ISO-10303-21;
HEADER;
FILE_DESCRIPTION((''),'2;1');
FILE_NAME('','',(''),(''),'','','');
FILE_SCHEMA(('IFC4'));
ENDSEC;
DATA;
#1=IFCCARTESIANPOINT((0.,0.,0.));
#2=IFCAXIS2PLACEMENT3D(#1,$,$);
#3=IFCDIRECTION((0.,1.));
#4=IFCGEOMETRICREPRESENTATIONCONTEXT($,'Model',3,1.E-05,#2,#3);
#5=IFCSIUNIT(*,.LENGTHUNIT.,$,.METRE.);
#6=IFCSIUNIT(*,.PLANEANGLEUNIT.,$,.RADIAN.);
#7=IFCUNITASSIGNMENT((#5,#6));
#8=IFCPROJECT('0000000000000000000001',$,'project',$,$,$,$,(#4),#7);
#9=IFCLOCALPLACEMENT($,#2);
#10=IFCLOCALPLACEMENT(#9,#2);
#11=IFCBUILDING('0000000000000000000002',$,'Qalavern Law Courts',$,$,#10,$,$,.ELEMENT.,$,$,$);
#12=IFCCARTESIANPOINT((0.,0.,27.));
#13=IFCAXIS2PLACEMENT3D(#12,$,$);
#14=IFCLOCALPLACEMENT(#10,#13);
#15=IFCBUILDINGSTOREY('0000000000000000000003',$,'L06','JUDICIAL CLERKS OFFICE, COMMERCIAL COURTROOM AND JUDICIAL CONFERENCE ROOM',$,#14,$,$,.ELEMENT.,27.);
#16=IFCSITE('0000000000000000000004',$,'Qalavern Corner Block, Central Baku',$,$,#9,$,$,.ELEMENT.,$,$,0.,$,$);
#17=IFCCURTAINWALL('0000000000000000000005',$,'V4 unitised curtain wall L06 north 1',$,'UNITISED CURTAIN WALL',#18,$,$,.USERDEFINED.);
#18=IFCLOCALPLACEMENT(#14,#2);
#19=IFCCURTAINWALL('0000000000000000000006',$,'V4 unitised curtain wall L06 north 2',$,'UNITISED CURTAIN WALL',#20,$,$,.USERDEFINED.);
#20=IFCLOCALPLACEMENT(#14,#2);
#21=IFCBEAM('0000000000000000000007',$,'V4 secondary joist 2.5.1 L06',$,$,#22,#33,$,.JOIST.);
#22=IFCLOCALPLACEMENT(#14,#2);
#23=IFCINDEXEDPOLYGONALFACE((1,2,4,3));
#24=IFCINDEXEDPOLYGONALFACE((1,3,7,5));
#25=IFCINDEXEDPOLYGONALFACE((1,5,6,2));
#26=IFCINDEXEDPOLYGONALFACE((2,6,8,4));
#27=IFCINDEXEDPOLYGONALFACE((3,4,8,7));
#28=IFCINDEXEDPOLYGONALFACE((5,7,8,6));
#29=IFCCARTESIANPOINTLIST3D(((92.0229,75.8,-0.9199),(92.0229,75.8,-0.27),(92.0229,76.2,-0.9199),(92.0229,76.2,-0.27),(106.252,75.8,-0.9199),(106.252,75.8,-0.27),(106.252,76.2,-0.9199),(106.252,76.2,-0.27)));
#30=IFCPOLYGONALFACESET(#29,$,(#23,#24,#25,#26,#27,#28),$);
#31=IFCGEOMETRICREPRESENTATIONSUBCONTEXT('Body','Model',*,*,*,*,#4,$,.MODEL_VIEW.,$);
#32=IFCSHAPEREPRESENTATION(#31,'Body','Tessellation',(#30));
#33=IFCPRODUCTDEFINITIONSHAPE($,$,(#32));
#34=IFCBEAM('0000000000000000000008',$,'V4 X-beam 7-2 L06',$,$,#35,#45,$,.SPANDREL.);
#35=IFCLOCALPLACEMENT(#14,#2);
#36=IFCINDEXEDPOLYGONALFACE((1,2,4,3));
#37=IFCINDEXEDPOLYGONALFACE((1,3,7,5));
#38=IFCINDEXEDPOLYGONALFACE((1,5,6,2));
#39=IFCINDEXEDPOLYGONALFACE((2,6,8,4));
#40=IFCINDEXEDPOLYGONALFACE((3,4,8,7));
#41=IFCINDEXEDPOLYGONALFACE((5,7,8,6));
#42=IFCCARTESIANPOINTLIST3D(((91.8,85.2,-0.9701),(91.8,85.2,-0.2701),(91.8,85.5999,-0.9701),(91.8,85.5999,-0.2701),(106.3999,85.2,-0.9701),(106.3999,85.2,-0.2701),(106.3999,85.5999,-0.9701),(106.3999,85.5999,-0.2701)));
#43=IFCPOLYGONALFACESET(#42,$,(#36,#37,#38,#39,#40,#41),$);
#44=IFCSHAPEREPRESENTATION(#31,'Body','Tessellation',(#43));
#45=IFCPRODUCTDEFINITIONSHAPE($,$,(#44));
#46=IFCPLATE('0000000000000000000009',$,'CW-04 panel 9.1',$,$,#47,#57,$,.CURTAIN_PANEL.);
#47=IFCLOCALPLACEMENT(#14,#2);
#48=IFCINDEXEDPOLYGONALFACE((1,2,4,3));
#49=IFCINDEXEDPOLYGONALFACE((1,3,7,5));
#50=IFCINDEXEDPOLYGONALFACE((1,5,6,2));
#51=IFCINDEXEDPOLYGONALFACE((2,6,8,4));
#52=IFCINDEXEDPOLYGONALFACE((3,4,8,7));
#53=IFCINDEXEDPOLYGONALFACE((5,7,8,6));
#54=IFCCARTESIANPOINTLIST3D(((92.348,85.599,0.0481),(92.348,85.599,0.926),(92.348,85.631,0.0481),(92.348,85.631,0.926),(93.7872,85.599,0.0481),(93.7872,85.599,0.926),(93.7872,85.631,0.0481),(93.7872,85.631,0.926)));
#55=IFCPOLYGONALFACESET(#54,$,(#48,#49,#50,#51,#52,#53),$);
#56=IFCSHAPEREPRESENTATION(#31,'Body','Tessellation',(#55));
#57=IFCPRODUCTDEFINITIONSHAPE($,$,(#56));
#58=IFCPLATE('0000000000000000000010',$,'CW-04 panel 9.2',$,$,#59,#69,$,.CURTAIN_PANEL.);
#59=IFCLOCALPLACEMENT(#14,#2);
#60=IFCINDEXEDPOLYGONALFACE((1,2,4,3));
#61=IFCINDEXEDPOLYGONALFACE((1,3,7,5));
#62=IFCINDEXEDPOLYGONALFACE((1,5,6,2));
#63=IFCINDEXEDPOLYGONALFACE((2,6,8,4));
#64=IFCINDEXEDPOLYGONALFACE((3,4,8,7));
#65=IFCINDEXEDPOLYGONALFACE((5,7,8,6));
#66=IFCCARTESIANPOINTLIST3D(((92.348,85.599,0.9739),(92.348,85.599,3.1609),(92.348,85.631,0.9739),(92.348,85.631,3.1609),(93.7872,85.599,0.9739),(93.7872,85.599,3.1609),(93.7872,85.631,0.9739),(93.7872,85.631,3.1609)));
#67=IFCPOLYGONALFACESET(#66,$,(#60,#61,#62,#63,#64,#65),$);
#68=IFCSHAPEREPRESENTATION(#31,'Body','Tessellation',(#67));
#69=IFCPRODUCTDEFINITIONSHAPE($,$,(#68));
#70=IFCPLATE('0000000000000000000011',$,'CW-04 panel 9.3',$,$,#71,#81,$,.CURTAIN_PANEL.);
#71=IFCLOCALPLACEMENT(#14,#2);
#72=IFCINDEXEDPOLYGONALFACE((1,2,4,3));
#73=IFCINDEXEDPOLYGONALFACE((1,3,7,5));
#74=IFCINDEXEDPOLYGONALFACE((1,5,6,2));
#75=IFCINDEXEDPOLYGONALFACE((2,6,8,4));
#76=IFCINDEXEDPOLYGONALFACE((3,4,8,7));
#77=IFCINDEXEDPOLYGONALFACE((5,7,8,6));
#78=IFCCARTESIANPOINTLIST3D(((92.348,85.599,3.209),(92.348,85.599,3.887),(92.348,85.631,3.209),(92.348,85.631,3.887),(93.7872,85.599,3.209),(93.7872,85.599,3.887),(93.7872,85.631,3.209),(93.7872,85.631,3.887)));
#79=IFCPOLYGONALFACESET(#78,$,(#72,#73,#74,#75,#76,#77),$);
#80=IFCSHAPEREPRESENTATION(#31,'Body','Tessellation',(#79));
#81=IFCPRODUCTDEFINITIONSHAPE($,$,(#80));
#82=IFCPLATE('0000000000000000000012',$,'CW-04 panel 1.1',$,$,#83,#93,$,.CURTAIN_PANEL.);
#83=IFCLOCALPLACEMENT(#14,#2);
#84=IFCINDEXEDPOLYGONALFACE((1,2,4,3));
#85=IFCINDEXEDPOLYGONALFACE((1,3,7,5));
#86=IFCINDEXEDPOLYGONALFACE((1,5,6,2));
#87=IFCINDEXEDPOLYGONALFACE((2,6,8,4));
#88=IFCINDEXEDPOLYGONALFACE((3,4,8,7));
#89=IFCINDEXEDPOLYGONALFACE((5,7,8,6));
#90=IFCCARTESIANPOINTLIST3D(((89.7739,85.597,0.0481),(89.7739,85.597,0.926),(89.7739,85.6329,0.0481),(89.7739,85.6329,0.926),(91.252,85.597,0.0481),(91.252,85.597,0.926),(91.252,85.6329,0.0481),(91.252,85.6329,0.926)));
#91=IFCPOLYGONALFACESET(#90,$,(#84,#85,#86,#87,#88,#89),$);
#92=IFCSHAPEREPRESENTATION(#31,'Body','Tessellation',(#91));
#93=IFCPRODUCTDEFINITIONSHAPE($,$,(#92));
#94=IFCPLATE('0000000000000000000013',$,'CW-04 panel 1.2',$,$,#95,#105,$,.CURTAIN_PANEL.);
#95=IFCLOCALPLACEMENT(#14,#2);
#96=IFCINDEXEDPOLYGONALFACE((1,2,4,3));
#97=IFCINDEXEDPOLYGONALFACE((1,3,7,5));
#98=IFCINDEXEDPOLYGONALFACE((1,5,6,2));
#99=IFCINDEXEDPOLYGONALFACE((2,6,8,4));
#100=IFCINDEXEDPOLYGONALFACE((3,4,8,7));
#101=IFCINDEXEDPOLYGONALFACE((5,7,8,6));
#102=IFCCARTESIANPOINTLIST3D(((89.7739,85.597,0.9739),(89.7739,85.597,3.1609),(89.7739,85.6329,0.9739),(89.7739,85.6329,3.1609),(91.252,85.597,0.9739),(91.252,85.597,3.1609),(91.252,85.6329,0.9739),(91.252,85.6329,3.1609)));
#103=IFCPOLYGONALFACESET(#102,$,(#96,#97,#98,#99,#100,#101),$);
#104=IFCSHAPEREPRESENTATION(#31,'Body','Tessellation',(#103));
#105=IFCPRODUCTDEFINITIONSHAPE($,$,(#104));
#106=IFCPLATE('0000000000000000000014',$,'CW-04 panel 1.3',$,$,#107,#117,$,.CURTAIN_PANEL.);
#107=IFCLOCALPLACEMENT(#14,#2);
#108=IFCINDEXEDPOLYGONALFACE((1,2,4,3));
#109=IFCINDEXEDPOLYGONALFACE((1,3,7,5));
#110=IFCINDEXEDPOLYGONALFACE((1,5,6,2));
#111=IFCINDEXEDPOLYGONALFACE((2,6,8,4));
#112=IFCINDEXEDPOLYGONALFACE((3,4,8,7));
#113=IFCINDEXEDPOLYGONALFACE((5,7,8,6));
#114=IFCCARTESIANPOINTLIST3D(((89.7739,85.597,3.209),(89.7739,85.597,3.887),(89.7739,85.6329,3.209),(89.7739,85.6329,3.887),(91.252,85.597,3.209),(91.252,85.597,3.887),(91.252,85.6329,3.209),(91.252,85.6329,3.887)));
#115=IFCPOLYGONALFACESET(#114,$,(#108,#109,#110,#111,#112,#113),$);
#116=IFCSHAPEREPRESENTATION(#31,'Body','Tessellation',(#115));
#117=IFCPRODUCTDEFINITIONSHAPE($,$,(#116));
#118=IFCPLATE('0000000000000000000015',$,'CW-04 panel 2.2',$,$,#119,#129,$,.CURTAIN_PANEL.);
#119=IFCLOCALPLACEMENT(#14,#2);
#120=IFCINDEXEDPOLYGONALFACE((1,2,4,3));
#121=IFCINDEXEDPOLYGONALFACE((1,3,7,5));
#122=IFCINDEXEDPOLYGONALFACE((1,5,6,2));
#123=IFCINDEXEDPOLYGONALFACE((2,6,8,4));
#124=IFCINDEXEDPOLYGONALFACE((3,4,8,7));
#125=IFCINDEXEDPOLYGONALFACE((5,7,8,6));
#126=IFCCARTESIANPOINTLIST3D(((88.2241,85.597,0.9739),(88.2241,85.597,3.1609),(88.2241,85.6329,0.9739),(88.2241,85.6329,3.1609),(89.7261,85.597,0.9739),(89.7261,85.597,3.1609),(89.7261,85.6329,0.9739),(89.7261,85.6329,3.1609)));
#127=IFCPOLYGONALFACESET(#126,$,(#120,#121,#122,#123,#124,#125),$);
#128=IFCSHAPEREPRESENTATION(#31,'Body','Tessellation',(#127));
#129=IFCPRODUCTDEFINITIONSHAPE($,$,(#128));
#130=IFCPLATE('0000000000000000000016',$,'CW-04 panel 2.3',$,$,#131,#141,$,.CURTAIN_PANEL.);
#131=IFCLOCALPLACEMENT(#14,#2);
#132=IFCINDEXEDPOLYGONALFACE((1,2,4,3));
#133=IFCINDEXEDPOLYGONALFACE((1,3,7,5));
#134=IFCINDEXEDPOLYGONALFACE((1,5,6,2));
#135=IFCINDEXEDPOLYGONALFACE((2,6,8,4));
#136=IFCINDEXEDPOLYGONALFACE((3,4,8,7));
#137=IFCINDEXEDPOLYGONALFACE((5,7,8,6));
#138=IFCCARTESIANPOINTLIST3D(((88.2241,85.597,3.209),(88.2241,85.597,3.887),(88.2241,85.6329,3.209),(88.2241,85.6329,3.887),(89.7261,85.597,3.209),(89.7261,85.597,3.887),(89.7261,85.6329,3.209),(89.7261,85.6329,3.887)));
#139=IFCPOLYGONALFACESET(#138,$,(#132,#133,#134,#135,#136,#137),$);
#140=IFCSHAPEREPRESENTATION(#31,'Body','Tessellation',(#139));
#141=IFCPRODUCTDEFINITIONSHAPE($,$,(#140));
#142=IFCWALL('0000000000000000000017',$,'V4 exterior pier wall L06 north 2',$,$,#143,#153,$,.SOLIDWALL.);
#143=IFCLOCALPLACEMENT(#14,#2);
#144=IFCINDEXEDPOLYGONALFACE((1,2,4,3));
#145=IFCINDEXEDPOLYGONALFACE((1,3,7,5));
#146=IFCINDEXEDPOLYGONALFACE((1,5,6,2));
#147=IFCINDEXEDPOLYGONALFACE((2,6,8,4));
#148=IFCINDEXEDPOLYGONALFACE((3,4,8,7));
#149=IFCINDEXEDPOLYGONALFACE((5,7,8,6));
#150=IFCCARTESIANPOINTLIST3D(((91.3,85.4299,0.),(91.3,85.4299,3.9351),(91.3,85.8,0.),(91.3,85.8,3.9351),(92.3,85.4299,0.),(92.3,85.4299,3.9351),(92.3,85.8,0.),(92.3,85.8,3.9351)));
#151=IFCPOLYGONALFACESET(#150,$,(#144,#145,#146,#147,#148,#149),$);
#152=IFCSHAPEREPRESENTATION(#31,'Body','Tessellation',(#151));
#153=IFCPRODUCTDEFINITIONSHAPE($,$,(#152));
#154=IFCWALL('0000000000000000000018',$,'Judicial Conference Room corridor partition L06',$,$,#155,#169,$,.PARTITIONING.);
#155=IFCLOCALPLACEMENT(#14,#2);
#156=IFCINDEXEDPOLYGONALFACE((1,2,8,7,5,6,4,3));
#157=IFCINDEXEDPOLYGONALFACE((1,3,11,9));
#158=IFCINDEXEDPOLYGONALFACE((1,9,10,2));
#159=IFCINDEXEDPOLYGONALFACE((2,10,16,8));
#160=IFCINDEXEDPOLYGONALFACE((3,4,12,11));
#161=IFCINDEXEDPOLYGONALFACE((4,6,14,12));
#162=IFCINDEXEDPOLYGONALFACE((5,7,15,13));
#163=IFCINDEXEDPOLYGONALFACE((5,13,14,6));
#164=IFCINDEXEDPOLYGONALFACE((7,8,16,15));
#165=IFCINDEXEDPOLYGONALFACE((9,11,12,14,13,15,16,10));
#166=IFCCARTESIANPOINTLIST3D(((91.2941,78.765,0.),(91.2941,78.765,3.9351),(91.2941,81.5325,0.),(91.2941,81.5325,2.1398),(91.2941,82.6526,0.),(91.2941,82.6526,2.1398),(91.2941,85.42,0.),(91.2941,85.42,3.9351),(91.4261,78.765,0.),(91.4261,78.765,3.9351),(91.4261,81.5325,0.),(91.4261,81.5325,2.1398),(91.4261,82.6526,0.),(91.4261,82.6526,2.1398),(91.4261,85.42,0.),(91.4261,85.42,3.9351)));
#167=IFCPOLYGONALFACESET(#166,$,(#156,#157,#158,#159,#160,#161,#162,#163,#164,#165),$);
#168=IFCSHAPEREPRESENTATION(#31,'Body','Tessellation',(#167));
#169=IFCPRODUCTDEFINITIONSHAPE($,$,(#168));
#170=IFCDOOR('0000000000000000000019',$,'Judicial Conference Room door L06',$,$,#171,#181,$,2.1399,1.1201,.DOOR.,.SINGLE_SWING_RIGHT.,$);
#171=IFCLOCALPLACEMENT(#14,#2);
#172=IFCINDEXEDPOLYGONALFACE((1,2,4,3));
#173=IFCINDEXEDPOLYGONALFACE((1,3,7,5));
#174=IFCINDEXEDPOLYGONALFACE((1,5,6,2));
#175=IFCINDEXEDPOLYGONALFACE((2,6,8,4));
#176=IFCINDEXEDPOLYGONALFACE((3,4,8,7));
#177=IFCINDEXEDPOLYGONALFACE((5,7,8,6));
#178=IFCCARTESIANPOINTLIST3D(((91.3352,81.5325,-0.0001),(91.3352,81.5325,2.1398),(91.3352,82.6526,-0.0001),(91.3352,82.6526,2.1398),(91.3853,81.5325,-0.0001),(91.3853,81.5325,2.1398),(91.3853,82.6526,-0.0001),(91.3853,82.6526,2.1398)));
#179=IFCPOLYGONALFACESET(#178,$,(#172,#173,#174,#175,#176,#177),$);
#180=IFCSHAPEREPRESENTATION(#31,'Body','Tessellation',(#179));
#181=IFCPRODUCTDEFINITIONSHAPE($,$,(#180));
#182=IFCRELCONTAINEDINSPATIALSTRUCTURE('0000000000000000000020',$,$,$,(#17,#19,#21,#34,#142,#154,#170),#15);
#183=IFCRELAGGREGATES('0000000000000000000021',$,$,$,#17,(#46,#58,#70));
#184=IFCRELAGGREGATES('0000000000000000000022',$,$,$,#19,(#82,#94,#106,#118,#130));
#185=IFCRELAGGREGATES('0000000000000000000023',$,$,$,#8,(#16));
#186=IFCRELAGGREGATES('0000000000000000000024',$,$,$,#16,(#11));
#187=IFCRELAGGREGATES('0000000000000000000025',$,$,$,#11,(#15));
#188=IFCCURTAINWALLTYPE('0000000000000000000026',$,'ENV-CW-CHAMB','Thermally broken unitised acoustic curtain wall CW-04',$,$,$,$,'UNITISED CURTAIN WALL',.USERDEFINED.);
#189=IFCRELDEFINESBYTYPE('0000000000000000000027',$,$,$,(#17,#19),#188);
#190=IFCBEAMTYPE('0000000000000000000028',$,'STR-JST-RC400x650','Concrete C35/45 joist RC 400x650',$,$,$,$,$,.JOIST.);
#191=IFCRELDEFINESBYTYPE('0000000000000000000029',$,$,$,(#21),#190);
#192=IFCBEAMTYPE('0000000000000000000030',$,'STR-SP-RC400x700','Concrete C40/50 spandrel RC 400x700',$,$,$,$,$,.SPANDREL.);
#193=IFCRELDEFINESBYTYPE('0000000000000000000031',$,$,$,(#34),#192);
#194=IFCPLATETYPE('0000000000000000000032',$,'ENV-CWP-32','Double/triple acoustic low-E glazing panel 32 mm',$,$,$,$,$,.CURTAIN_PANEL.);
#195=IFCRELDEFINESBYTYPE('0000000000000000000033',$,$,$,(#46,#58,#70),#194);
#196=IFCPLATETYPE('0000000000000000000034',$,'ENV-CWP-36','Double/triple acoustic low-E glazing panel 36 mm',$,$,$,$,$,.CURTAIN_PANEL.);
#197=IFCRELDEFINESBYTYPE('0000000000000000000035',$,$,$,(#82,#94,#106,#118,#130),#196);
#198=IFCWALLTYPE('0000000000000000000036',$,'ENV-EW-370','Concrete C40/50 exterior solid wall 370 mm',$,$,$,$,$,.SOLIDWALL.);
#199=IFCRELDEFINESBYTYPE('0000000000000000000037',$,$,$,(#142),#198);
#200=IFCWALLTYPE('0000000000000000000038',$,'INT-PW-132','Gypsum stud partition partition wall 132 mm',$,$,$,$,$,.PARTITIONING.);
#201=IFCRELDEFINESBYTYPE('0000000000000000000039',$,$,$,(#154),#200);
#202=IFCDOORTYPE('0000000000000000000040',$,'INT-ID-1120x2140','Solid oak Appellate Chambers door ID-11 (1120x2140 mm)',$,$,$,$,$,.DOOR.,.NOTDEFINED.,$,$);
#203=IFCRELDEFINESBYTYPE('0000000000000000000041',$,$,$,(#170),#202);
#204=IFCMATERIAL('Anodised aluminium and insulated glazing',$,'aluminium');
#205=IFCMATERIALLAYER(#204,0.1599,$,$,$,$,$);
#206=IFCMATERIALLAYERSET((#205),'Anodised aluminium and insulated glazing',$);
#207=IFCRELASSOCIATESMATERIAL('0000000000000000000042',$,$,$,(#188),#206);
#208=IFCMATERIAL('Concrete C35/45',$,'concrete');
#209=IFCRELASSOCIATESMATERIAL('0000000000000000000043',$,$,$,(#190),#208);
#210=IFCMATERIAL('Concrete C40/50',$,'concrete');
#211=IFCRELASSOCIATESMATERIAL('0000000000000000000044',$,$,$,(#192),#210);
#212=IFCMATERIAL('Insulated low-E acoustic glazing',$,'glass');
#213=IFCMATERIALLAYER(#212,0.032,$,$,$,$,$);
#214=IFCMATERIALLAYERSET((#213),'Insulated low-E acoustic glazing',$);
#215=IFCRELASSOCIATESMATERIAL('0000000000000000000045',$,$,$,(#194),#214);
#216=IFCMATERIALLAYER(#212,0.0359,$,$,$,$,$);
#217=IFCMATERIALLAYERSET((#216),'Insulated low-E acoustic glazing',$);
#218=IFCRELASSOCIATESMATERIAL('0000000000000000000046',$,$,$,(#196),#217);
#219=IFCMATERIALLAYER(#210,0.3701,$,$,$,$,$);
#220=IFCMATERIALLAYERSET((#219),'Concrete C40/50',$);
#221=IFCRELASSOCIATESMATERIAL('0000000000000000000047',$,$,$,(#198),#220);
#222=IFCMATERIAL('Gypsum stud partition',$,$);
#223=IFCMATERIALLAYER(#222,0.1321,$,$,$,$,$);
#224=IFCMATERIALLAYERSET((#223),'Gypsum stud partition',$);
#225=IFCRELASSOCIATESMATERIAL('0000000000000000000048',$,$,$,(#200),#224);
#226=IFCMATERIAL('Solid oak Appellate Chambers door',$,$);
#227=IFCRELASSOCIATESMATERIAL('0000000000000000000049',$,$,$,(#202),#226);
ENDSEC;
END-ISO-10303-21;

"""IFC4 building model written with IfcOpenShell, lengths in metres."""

from ifc_helpers import new_model, si_unit, direction, frame, frame_2d, origin, origin_2d, place, context, subcontext, project, spatial, rectangle, extrude, material, layer, layer_set, material_profile, profile_set, type_object, element, fill, aggregate, save


model = new_model("IFC4")

# Units and contexts
model_context = context("Model", 3, precision=1e-05, world=origin(), true_north=direction((0.0, 1.0)))
body_context = subcontext(model_context, "Body", "Model", "MODEL_VIEW")
ifc_project = project(units=[si_unit("LENGTHUNIT", "METRE"), si_unit("PLANEANGLEUNIT", "RADIAN")], contexts=[model_context])

# Site, building, storey
site_placement = place(None, origin())
site = spatial("IfcSite", under=ifc_project, at=site_placement, Name="Qalavern Corner Block, Central Baku", CompositionType="ELEMENT", RefElevation=0.0)
building_placement = place(site_placement, origin())
building = spatial("IfcBuilding", under=site, at=building_placement, Name="Qalavern Law Courts", CompositionType="ELEMENT")
storey_placement = place(building_placement, frame((0.0, 0.0, 27.0)))
storey = spatial("IfcBuildingStorey", under=building, at=storey_placement, Name="L06", Description="JUDICIAL CLERKS OFFICE, COMMERCIAL COURTROOM AND JUDICIAL CONFERENCE ROOM", CompositionType="ELEMENT", Elevation=27.0)

# Curtain wall
ifc_material_1 = material(Name="Anodised aluminium and insulated glazing", Category="aluminium")
ifc_layer_1 = layer(ifc_material_1, 0.1599)
ifc_layer_set_1 = layer_set([ifc_layer_1], Name="Anodised aluminium and insulated glazing")
curtain_wall_type = type_object("IfcCurtainWallType", Name="ENV-CW-CHAMB", Description="Thermally broken unitised acoustic curtain wall CW-04", ElementType="UNITISED CURTAIN WALL", PredefinedType="USERDEFINED", material=ifc_layer_set_1)
curtain_wall_1_placement = place(storey_placement, origin())
curtain_wall_1 = element("IfcCurtainWall", 1, at=curtain_wall_1_placement, inside=storey, type_object=curtain_wall_type, Name="V4 unitised curtain wall L06 north 1", ObjectType="UNITISED CURTAIN WALL", PredefinedType="USERDEFINED")

# Curtain wall
curtain_wall_2_placement = place(storey_placement, origin())
curtain_wall_2 = element("IfcCurtainWall", 2, at=curtain_wall_2_placement, inside=storey, type_object=curtain_wall_type, Name="V4 unitised curtain wall L06 north 2", ObjectType="UNITISED CURTAIN WALL", PredefinedType="USERDEFINED")

# Beams
ifc_material_2 = material(Name="Concrete C35/45", Category="concrete")
ifc_material_3 = material(Name="Concrete C40/50", Category="concrete")
ifc_material_profile_1 = material_profile(ifc_material_2, rectangle(XDim=0.3999, YDim=0.6499, at=origin_2d()), Name="RC 400x650")
ifc_profile_set_1 = profile_set([ifc_material_profile_1], Name="Concrete C35/45")
beam_type_1 = type_object("IfcBeamType", Name="STR-JST-RC400x650", Description="Concrete C35/45 joist RC 400x650", PredefinedType="JOIST", material=ifc_profile_set_1)
beam_1_placement = place(storey_placement, frame((92.0229, 76.0, -0.595), z_axis=(1.0, 0.0, 0.0), x_axis=(0.0, 1.0, 0.0)))
element("IfcBeam", 3, at=beam_1_placement, inside=storey, type_object=beam_type_1, Name="V4 secondary joist 2.5.1 L06", PredefinedType="JOIST", context=body_context, shape_type="SweptSolid", body=[
    extrude(rectangle(XDim=0.3999, YDim=0.6499, at=origin_2d()), origin(), (0.0, 0.0, 1.0), 14.229),
])
ifc_material_profile_2 = material_profile(ifc_material_3, rectangle(XDim=0.3999, YDim=0.7, at=origin_2d()), Name="RC 400x700")
ifc_profile_set_2 = profile_set([ifc_material_profile_2], Name="Concrete C40/50")
beam_type_2 = type_object("IfcBeamType", Name="STR-SP-RC400x700", Description="Concrete C40/50 spandrel RC 400x700", PredefinedType="SPANDREL", material=ifc_profile_set_2)
beam_2_placement = place(storey_placement, frame((91.8, 85.3999, -0.6201), z_axis=(1.0, 0.0, 0.0), x_axis=(0.0, 1.0, 0.0)))
element("IfcBeam", 4, at=beam_2_placement, inside=storey, type_object=beam_type_2, Name="V4 X-beam 7-2 L06", PredefinedType="SPANDREL", context=body_context, shape_type="SweptSolid", body=[
    extrude(rectangle(XDim=0.3999, YDim=0.7, at=origin_2d()), origin(), (0.0, 0.0, 1.0), 14.5999),
])

# Plates
ifc_material_4 = material(Name="Insulated low-E acoustic glazing", Category="glass")
ifc_layer_2 = layer(ifc_material_4, 0.032)
ifc_layer_set_2 = layer_set([ifc_layer_2], Name="Insulated low-E acoustic glazing")
plate_type_1 = type_object("IfcPlateType", Name="ENV-CWP-32", Description="Double/triple acoustic low-E glazing panel 32 mm", PredefinedType="CURTAIN_PANEL", material=ifc_layer_set_2)
plate_1_placement = place(storey_placement, frame((93.0676, 85.615, 0.0481), z_axis=(0.0, 0.0, 1.0), x_axis=(-1.0, 0.0, 0.0)))
plate_1 = element("IfcPlate", 5, at=plate_1_placement, type_object=plate_type_1, Name="CW-04 panel 9.1", PredefinedType="CURTAIN_PANEL", context=body_context, shape_type="SweptSolid", body=[
    extrude(rectangle(XDim=1.4392, YDim=0.032, at=origin_2d()), origin(), (0.0, 0.0, 1.0), 0.8779),
])
plate_2_placement = place(storey_placement, frame((93.0676, 85.615, 0.9739), z_axis=(0.0, 0.0, 1.0), x_axis=(-1.0, 0.0, 0.0)))
plate_2 = element("IfcPlate", 6, at=plate_2_placement, type_object=plate_type_1, Name="CW-04 panel 9.2", PredefinedType="CURTAIN_PANEL", context=body_context, shape_type="SweptSolid", body=[
    extrude(rectangle(XDim=1.4392, YDim=0.032, at=origin_2d()), origin(), (0.0, 0.0, 1.0), 2.187),
])
plate_3_placement = place(storey_placement, frame((93.0676, 85.615, 3.209), z_axis=(0.0, 0.0, 1.0), x_axis=(-1.0, 0.0, 0.0)))
plate_3 = element("IfcPlate", 7, at=plate_3_placement, type_object=plate_type_1, Name="CW-04 panel 9.3", PredefinedType="CURTAIN_PANEL", context=body_context, shape_type="SweptSolid", body=[
    extrude(rectangle(XDim=1.4392, YDim=0.032, at=origin_2d()), origin(), (0.0, 0.0, 1.0), 0.678),
])
aggregate(curtain_wall_1, [plate_1, plate_2, plate_3])
ifc_layer_3 = layer(ifc_material_4, 0.0359)
ifc_layer_set_3 = layer_set([ifc_layer_3], Name="Insulated low-E acoustic glazing")
plate_type_2 = type_object("IfcPlateType", Name="ENV-CWP-36", Description="Double/triple acoustic low-E glazing panel 36 mm", PredefinedType="CURTAIN_PANEL", material=ifc_layer_set_3)
plate_4_placement = place(storey_placement, frame((90.5129, 85.615, 0.0481), z_axis=(0.0, 0.0, 1.0), x_axis=(-1.0, 0.0, 0.0)))
plate_4 = element("IfcPlate", 8, at=plate_4_placement, type_object=plate_type_2, Name="CW-04 panel 1.1", PredefinedType="CURTAIN_PANEL", context=body_context, shape_type="SweptSolid", body=[
    extrude(rectangle(XDim=1.478, YDim=0.0359, at=origin_2d()), origin(), (0.0, 0.0, 1.0), 0.8779),
])
plate_5_placement = place(storey_placement, frame((90.5129, 85.615, 0.9739), z_axis=(0.0, 0.0, 1.0), x_axis=(-1.0, 0.0, 0.0)))
plate_5 = element("IfcPlate", 9, at=plate_5_placement, type_object=plate_type_2, Name="CW-04 panel 1.2", PredefinedType="CURTAIN_PANEL", context=body_context, shape_type="SweptSolid", body=[
    extrude(rectangle(XDim=1.478, YDim=0.0359, at=origin_2d()), origin(), (0.0, 0.0, 1.0), 2.187),
])
plate_6_placement = place(storey_placement, frame((90.5129, 85.615, 3.209), z_axis=(0.0, 0.0, 1.0), x_axis=(-1.0, 0.0, 0.0)))
plate_6 = element("IfcPlate", 10, at=plate_6_placement, type_object=plate_type_2, Name="CW-04 panel 1.3", PredefinedType="CURTAIN_PANEL", context=body_context, shape_type="SweptSolid", body=[
    extrude(rectangle(XDim=1.478, YDim=0.0359, at=origin_2d()), origin(), (0.0, 0.0, 1.0), 0.678),
])
plate_7_placement = place(storey_placement, frame((88.9751, 85.615, 0.9739), z_axis=(0.0, 0.0, 1.0), x_axis=(-1.0, 0.0, 0.0)))
plate_7 = element("IfcPlate", 11, at=plate_7_placement, type_object=plate_type_2, Name="CW-04 panel 2.2", PredefinedType="CURTAIN_PANEL", context=body_context, shape_type="SweptSolid", body=[
    extrude(rectangle(XDim=1.502, YDim=0.0359, at=origin_2d()), origin(), (0.0, 0.0, 1.0), 2.187),
])
plate_8_placement = place(storey_placement, frame((88.9751, 85.615, 3.209), z_axis=(0.0, 0.0, 1.0), x_axis=(-1.0, 0.0, 0.0)))
plate_8 = element("IfcPlate", 12, at=plate_8_placement, type_object=plate_type_2, Name="CW-04 panel 2.3", PredefinedType="CURTAIN_PANEL", context=body_context, shape_type="SweptSolid", body=[
    extrude(rectangle(XDim=1.502, YDim=0.0359, at=origin_2d()), origin(), (0.0, 0.0, 1.0), 0.678),
])
aggregate(curtain_wall_2, [plate_4, plate_5, plate_6, plate_7, plate_8])

# Wall
ifc_layer_4 = layer(ifc_material_3, 0.3701)
ifc_layer_set_4 = layer_set([ifc_layer_4], Name="Concrete C40/50")
wall_type_1 = type_object("IfcWallType", Name="ENV-EW-370", Description="Concrete C40/50 exterior solid wall 370 mm", PredefinedType="SOLIDWALL", material=ifc_layer_set_4)
wall_1_placement = place(storey_placement, frame((92.3, 85.615, 0.0), z_axis=(0.0, 0.0, 1.0), x_axis=(-1.0, 0.0, 0.0)))
element("IfcWall", 13, at=wall_1_placement, inside=storey, type_object=wall_type_1, Name="V4 exterior pier wall L06 north 2", PredefinedType="SOLIDWALL", context=body_context, shape_type="SweptSolid", body=[
    extrude(rectangle(XDim=1.0, YDim=0.3701, at=frame_2d((0.5, 0.0))), origin(), (0.0, 0.0, 1.0), 3.9351),
])

# Wall, opening, door
ifc_material_5 = material(Name="Gypsum stud partition")
ifc_layer_5 = layer(ifc_material_5, 0.1321)
ifc_layer_set_5 = layer_set([ifc_layer_5], Name="Gypsum stud partition")
wall_type_2 = type_object("IfcWallType", Name="INT-PW-132", Description="Gypsum stud partition partition wall 132 mm", PredefinedType="PARTITIONING", material=ifc_layer_set_5)
wall_2_placement = place(storey_placement, frame((91.3601, 78.7649, 0.0), z_axis=(0.0, 0.0, 1.0), x_axis=(0.0, 1.0, 0.0)))
wall_2 = element("IfcWall", 14, at=wall_2_placement, inside=storey, type_object=wall_type_2, Name="Judicial Conference Room corridor partition L06", PredefinedType="PARTITIONING", context=body_context, shape_type="SweptSolid", body=[
    extrude(rectangle(XDim=6.655, YDim=0.1321, at=frame_2d((3.3276, 0.0))), origin(), (0.0, 0.0, 1.0), 3.9351),
])
opening_placement = place(wall_2_placement, frame((2.7676, 0.0, 0.0)))
opening = element("IfcOpeningElement", 15, at=opening_placement, cuts=wall_2, PredefinedType="OPENING", context=body_context, shape_type="SweptSolid", body=[
    extrude(rectangle(XDim=1.1201, YDim=2.1399, at=frame_2d((0.5601, 1.0698))), frame((0.0, 0.0811, 0.0), z_axis=(0.0, -1.0, 0.0), x_axis=(1.0, 0.0, 0.0)), (0.0, 0.0, 1.0), 0.1619),
])
ifc_material_6 = material(Name="Solid oak Appellate Chambers door")
door_type = type_object("IfcDoorType", Name="INT-ID-1120x2140", Description="Solid oak Appellate Chambers door ID-11 (1120x2140 mm)", OperationType="NOTDEFINED", PredefinedType="DOOR", material=ifc_material_6)
door_placement = place(opening_placement, origin())
door = element("IfcDoor", 16, at=door_placement, inside=storey, type_object=door_type, Name="Judicial Conference Room door L06", OperationType="SINGLE_SWING_RIGHT", OverallHeight=2.1399, OverallWidth=1.1201, PredefinedType="DOOR", context=body_context, shape_type="SweptSolid", body=[
    extrude(rectangle(XDim=1.1201, YDim=2.1399, at=frame_2d((0.5601, 1.0698))), frame((0.0, 0.0249, 0.0), z_axis=(0.0, -1.0, 0.0), x_axis=(1.0, 0.0, 0.0)), (0.0, 0.0, 1.0), 0.05),
])
fill(opening, door)

save(model, "model.ifc")
